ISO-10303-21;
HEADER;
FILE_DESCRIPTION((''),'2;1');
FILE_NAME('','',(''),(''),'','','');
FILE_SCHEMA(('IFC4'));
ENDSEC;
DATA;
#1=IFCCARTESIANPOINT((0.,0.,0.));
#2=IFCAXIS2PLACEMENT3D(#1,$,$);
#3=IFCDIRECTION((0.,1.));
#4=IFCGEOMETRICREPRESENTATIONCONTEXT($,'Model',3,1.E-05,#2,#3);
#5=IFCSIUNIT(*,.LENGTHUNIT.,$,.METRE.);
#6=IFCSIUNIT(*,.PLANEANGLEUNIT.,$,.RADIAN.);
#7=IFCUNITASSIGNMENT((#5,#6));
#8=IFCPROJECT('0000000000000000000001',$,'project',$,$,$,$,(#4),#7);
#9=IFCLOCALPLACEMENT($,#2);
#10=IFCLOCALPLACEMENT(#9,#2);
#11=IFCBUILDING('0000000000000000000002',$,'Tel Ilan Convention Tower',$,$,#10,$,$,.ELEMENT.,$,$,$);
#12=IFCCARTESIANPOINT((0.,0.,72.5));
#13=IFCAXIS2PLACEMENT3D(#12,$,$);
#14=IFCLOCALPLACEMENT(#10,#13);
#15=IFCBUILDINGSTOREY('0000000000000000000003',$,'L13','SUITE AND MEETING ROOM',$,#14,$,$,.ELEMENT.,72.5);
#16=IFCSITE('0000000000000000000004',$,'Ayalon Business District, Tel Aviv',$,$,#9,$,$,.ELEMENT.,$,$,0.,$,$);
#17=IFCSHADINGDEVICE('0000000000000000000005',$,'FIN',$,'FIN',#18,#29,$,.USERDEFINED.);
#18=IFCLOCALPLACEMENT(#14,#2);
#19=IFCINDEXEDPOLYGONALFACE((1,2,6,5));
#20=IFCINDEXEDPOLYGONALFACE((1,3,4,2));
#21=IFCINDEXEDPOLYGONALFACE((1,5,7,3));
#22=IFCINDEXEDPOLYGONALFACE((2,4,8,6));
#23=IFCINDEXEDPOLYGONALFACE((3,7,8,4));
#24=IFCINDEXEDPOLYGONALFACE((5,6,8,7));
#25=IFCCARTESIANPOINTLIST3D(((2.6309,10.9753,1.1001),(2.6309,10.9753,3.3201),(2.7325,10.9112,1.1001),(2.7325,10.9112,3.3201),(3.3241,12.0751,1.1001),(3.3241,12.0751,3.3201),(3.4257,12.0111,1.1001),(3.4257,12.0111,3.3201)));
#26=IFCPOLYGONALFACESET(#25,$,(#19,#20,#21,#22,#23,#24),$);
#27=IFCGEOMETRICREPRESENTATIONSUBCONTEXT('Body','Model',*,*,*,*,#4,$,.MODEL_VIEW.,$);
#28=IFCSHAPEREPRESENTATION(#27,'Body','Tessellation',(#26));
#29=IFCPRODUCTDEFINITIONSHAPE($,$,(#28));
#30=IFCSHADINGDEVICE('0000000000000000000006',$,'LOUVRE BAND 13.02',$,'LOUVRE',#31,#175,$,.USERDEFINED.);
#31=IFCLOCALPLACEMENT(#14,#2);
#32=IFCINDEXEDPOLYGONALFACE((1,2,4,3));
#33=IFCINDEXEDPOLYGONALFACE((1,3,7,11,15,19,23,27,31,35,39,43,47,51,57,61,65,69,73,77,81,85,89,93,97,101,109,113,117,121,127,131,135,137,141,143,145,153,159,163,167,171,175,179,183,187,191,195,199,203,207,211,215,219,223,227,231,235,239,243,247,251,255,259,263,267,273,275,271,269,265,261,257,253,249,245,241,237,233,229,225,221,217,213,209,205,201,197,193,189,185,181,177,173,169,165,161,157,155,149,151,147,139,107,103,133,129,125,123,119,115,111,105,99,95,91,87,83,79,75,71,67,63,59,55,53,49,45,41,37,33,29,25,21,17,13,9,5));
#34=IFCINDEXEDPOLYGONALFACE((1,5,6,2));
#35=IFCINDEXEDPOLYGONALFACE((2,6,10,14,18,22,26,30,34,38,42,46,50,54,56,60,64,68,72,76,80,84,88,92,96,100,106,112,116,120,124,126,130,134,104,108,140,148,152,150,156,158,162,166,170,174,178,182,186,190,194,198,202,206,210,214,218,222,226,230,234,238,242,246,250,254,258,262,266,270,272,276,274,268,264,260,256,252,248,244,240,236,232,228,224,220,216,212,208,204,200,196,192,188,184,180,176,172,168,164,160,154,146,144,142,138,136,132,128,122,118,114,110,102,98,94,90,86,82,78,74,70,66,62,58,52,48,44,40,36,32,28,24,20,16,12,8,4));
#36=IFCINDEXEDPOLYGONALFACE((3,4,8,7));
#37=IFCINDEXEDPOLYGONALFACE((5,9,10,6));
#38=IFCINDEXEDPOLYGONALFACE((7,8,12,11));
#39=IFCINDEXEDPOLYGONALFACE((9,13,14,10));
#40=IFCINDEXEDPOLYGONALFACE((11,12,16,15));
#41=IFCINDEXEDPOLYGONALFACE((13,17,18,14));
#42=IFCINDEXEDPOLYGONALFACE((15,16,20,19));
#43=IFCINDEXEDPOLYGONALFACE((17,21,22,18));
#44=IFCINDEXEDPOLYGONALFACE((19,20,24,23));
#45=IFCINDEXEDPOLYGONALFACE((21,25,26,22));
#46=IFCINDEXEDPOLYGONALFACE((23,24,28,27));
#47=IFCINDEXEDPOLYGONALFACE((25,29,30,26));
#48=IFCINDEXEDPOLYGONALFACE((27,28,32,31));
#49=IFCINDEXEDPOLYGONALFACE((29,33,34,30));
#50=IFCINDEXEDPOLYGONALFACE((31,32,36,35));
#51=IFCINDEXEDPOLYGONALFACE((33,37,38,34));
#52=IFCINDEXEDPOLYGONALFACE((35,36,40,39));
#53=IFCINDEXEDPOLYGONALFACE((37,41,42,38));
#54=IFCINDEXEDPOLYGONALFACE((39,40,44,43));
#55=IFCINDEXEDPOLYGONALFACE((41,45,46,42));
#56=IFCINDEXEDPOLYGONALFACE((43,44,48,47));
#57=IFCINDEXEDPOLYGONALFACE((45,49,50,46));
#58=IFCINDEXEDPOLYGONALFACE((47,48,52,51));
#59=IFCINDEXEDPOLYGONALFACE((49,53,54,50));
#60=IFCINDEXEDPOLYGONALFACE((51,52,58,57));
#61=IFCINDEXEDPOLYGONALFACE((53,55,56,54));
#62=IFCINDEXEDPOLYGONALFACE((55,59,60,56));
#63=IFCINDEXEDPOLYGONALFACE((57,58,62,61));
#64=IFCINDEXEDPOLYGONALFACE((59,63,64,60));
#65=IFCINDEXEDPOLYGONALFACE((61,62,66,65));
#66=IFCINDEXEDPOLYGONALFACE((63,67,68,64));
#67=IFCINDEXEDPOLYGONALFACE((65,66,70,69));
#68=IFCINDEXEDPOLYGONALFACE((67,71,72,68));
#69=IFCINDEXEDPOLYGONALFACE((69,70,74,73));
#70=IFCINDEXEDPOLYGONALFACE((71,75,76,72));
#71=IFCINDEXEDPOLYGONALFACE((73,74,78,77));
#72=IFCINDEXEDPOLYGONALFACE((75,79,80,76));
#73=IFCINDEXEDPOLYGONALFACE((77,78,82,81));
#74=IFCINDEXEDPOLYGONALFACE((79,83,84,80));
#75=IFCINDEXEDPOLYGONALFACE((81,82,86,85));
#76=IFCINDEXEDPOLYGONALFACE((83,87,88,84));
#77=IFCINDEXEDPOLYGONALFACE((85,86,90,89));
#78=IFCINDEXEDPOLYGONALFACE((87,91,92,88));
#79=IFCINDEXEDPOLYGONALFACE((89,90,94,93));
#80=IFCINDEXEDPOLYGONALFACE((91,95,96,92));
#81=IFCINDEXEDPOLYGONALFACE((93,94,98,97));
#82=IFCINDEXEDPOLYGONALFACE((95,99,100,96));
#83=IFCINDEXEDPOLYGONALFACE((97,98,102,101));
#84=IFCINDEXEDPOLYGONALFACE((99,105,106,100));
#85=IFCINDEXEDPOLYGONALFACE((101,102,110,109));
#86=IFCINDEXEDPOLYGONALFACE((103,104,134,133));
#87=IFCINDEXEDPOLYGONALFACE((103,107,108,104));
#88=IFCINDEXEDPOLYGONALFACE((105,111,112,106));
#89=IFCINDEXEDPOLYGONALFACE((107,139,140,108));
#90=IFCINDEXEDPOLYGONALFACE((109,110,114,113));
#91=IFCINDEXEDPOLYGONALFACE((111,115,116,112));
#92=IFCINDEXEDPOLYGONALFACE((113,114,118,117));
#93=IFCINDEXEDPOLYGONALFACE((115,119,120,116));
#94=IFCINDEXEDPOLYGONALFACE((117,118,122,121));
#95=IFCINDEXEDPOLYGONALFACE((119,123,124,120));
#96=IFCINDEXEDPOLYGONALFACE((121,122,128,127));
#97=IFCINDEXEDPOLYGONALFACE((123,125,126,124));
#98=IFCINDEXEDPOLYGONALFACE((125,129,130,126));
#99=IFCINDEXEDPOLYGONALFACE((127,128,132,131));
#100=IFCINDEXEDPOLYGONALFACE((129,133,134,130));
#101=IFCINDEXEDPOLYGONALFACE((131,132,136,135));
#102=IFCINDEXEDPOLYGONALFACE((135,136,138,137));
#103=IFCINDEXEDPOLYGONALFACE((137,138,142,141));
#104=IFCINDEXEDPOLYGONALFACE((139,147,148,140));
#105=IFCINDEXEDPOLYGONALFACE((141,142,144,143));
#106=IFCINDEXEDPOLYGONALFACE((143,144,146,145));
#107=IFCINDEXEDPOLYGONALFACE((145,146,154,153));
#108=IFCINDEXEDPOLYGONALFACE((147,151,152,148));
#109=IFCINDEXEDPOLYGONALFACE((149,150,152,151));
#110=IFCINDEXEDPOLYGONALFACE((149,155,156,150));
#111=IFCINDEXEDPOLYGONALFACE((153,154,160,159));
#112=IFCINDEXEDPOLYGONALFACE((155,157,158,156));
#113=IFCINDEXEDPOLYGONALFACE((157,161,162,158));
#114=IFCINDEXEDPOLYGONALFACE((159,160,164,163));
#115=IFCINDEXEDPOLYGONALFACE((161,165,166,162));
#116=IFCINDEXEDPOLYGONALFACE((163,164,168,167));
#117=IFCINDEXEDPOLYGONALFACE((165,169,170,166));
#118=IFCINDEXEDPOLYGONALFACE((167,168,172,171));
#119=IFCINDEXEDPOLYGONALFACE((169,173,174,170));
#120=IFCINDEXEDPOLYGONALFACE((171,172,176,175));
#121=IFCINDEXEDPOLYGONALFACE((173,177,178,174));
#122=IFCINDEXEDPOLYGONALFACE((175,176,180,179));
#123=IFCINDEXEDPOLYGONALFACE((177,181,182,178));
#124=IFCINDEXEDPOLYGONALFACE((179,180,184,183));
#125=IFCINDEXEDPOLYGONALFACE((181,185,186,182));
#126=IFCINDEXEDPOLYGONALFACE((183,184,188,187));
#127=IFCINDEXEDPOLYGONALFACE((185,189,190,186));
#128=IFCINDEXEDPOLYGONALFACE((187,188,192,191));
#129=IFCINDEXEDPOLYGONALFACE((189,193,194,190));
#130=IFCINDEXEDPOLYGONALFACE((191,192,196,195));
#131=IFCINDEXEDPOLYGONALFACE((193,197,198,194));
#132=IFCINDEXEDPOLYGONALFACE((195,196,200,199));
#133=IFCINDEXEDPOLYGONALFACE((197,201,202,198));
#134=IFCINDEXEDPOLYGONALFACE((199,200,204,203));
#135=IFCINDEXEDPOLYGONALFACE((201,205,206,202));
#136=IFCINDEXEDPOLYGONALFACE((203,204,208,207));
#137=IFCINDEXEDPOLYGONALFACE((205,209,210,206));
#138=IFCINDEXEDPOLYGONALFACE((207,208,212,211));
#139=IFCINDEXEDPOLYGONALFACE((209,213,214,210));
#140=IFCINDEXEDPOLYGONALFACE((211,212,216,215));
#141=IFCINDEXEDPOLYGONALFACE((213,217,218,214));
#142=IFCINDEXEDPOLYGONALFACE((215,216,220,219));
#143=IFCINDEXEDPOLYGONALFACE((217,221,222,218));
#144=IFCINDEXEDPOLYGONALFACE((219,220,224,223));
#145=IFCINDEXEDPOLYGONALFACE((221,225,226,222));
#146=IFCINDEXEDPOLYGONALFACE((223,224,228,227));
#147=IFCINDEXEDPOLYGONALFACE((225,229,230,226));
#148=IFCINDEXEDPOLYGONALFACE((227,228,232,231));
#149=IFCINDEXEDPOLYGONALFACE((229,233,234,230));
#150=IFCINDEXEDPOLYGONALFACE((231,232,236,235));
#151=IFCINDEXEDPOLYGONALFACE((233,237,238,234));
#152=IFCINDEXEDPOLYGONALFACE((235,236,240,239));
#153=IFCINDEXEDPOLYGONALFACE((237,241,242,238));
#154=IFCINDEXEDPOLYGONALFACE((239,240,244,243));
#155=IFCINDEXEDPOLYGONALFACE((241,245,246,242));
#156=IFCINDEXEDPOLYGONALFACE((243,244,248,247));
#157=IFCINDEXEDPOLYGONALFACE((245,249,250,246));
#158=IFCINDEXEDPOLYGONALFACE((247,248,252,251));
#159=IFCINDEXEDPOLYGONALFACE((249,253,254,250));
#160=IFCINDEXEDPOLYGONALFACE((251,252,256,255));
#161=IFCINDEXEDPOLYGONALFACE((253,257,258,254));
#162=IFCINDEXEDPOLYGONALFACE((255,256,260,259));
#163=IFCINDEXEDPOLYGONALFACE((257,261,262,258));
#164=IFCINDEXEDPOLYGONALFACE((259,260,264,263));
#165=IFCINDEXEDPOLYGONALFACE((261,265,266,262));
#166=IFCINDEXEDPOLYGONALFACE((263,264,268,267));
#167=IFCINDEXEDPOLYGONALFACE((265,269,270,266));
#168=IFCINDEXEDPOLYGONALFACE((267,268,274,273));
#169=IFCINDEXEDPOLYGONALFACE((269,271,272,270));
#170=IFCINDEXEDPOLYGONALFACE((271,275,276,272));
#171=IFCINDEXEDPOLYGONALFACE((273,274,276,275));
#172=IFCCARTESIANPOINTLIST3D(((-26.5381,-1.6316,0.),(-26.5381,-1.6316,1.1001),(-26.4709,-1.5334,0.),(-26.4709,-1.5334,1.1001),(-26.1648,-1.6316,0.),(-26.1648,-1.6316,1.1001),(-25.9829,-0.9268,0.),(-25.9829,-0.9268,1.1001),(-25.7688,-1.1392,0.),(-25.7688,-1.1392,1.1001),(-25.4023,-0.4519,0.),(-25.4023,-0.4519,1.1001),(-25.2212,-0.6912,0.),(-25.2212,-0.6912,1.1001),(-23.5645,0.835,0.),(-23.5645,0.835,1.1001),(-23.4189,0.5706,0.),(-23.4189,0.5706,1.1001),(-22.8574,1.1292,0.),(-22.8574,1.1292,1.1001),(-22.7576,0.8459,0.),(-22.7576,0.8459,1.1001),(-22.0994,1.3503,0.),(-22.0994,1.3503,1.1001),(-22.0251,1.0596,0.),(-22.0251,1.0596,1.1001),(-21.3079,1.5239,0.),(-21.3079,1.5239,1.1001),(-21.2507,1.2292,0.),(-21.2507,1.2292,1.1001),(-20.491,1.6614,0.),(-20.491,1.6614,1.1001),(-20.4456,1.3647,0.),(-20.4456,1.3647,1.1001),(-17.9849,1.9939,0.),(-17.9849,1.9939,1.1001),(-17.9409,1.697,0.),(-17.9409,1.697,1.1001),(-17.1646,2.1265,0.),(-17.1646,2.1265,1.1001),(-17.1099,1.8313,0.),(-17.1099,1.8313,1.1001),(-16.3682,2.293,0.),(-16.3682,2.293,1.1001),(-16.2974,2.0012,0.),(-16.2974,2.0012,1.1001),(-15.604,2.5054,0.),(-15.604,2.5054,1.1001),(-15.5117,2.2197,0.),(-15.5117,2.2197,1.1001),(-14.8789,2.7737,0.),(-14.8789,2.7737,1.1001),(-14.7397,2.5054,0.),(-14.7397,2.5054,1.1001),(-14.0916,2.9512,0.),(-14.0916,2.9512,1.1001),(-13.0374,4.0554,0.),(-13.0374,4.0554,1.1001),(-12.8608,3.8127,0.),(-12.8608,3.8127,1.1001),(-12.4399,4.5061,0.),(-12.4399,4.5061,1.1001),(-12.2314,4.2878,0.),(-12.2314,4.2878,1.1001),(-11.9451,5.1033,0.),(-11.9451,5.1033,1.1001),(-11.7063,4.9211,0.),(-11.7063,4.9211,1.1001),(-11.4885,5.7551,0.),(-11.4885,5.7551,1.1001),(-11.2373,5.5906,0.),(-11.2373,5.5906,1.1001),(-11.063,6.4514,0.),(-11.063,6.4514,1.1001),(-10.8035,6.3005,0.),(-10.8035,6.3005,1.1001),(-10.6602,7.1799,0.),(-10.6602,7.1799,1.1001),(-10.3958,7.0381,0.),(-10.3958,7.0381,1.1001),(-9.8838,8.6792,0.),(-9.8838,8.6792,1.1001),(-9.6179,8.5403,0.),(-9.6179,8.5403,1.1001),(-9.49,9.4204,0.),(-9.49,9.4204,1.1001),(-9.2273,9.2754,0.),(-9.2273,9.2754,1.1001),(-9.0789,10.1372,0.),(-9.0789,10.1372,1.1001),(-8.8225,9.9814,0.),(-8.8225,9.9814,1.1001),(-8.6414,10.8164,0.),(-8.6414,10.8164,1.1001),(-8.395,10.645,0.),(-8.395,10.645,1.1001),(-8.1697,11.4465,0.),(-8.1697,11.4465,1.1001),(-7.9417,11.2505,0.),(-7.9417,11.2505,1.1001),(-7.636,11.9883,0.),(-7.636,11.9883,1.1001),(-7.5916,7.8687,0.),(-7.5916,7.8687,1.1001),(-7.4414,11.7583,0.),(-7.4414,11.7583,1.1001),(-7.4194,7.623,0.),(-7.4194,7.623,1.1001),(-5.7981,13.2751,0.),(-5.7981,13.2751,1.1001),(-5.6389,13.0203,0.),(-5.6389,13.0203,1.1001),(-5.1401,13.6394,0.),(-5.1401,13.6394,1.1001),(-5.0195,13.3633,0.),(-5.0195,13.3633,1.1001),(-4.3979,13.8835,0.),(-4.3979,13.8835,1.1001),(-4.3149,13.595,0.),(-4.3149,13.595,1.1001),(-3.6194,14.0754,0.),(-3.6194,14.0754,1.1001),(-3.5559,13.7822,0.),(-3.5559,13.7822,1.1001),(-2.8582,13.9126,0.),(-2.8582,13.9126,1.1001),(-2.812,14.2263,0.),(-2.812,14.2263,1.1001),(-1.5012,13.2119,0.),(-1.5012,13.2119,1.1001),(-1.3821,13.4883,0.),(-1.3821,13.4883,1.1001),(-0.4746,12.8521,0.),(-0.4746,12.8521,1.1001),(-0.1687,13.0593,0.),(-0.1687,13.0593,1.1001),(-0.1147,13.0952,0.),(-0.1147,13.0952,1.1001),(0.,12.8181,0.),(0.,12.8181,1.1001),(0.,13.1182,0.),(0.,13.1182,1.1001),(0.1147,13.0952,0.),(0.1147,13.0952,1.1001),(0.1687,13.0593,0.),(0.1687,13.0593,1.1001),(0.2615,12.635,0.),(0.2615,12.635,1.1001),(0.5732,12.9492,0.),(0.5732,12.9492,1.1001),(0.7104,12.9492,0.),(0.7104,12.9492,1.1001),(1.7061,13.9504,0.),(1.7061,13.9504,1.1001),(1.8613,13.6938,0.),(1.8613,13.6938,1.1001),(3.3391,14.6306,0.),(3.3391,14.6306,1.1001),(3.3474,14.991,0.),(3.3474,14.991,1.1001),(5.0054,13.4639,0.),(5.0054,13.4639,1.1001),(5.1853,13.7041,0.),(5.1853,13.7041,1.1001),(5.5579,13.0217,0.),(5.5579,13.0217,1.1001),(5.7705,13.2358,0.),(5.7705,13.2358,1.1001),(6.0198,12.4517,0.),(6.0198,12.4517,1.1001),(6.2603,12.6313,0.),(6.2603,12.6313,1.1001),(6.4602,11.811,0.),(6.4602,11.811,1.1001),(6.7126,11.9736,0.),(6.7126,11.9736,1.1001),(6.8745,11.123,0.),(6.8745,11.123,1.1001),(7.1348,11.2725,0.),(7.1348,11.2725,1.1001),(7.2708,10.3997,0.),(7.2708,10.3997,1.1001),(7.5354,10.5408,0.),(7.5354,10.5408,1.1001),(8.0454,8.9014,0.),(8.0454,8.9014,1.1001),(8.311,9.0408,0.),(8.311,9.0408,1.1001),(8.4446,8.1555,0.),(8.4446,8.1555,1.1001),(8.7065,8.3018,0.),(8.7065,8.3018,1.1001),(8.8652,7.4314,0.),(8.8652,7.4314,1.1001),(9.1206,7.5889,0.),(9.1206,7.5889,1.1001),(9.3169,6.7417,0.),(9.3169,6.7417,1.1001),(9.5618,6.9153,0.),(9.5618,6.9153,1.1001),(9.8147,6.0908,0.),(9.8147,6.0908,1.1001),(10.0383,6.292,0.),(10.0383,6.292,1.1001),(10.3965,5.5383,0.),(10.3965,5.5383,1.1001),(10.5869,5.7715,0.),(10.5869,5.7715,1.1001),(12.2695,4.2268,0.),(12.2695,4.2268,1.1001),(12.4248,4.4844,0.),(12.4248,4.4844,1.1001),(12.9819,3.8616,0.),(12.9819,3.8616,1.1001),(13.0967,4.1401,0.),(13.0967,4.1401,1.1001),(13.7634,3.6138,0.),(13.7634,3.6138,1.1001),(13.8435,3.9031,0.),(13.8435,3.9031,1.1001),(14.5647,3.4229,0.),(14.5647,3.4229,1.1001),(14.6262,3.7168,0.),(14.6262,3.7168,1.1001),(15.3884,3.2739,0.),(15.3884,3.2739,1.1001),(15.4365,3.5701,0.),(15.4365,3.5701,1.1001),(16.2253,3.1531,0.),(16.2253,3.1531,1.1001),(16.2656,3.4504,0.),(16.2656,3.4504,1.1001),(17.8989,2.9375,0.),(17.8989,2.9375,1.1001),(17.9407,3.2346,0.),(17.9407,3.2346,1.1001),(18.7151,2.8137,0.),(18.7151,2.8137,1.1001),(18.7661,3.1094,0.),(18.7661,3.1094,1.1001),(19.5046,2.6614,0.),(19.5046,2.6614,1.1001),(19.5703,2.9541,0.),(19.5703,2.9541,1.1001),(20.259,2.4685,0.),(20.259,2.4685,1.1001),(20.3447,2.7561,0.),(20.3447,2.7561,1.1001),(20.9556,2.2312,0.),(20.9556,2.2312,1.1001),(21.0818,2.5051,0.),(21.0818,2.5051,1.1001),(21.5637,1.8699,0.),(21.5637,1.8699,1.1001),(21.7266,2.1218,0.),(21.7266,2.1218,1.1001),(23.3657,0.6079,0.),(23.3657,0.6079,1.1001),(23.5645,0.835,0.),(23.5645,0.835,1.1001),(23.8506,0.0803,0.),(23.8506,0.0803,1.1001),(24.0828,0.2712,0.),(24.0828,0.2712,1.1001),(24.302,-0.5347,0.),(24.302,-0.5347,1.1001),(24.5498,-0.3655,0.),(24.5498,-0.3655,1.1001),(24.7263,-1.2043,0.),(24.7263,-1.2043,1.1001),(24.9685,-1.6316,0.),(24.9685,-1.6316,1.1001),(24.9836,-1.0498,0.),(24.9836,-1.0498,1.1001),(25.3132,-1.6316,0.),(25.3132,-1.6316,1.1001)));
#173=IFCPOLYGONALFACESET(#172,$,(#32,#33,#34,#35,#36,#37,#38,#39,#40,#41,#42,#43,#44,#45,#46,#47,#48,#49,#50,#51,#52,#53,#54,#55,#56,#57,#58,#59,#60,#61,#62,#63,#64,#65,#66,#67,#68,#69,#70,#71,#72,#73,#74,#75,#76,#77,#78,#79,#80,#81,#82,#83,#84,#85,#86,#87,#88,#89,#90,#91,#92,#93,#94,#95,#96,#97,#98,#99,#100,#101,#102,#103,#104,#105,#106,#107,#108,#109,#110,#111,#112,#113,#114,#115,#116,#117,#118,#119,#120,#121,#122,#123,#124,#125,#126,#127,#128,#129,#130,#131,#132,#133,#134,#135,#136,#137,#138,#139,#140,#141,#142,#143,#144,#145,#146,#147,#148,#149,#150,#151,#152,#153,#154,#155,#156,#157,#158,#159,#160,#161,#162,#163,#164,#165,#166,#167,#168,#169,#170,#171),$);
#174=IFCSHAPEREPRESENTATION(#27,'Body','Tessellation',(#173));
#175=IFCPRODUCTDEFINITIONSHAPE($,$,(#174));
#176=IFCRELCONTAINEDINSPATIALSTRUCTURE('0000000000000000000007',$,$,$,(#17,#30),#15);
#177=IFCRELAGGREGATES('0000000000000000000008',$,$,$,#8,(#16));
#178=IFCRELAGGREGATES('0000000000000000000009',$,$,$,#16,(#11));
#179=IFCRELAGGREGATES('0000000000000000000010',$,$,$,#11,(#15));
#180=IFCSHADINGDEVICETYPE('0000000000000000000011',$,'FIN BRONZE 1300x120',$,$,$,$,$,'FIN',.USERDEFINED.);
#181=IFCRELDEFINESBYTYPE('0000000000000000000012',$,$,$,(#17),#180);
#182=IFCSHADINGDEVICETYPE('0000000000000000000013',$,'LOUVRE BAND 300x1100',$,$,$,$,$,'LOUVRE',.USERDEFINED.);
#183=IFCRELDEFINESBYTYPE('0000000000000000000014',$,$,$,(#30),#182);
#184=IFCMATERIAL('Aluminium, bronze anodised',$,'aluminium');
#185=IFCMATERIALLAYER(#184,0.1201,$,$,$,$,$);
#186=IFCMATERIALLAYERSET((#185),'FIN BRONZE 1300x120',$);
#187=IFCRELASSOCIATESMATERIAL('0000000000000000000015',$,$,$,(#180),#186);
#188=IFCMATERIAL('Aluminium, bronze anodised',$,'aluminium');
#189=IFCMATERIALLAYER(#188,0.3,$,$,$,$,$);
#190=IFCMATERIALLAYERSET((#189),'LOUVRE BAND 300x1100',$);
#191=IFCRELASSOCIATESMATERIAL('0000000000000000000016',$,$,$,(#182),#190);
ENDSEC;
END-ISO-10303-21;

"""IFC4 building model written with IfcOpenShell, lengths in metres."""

from ifc_helpers import new_model, si_unit, direction, frame, origin, origin_2d, place, context, subcontext, project, spatial, polyline, rectangle, outline, extrude, material, layer, layer_set, type_object, element, save


model = new_model("IFC4")

# Units and contexts
model_context = context("Model", 3, precision=1e-05, world=origin(), true_north=direction((0.0, 1.0)))
body_context = subcontext(model_context, "Body", "Model", "MODEL_VIEW")
ifc_project = project(units=[si_unit("LENGTHUNIT", "METRE"), si_unit("PLANEANGLEUNIT", "RADIAN")], contexts=[model_context])

# Site, building, storey
site_placement = place(None, origin())
site = spatial("IfcSite", under=ifc_project, at=site_placement, Name="Ayalon Business District, Tel Aviv", CompositionType="ELEMENT", RefElevation=0.0)
building_placement = place(site_placement, origin())
building = spatial("IfcBuilding", under=site, at=building_placement, Name="Tel Ilan Convention Tower", CompositionType="ELEMENT")
storey_placement = place(building_placement, frame((0.0, 0.0, 72.5)))
storey = spatial("IfcBuildingStorey", under=building, at=storey_placement, Name="L13", Description="SUITE AND MEETING ROOM", CompositionType="ELEMENT", Elevation=72.5)

# Shading devices
ifc_material_1 = material(Name="Aluminium, bronze anodised", Category="aluminium")
ifc_layer_1 = layer(ifc_material_1, 0.1201)
ifc_layer_set_1 = layer_set([ifc_layer_1], Name="FIN BRONZE 1300x120")
shading_device_type_1 = type_object("IfcShadingDeviceType", Name="FIN BRONZE 1300x120", ElementType="FIN", PredefinedType="USERDEFINED", material=ifc_layer_set_1)
shading_device_1_placement = place(storey_placement, frame((3.0283, 11.4932, 1.1001), z_axis=(0.0, 0.0, 1.0), x_axis=(0.533204, 0.845986, 0.0)))
element("IfcShadingDevice", 1, at=shading_device_1_placement, inside=storey, type_object=shading_device_type_1, Name="FIN", ObjectType="FIN", PredefinedType="USERDEFINED", context=body_context, shape_type="SweptSolid", body=[
    extrude(rectangle(XDim=1.3, YDim=0.1201, at=origin_2d()), origin(), (0.0, 0.0, 1.0), 2.22),
])
ifc_material_2 = material(Name="Aluminium, bronze anodised", Category="aluminium")
ifc_layer_2 = layer(ifc_material_2, 0.3)
ifc_layer_set_2 = layer_set([ifc_layer_2], Name="LOUVRE BAND 300x1100")
shading_device_type_2 = type_object("IfcShadingDeviceType", Name="LOUVRE BAND 300x1100", ElementType="LOUVRE", PredefinedType="USERDEFINED", material=ifc_layer_set_2)
shading_device_2_placement = place(storey_placement, origin())
element("IfcShadingDevice", 2, at=shading_device_2_placement, inside=storey, type_object=shading_device_type_2, Name="LOUVRE BAND 13.02", ObjectType="LOUVRE", PredefinedType="USERDEFINED", context=body_context, shape_type="SweptSolid", body=[
    extrude(outline(polyline([(-26.4709, -1.5334), (-26.5381, -1.6316), (-26.1648, -1.6316), (-25.7688, -1.1392), (-25.2212, -0.6912), (-23.4189, 0.5706), (-22.7576, 0.8459), (-22.0251, 1.0596), (-21.2507, 1.2292), (-20.4456, 1.3647), (-17.9409, 1.697), (-17.1099, 1.8313), (-16.2974, 2.0012), (-15.5117, 2.2197), (-14.7397, 2.5054), (-14.0916, 2.9512), (-12.8608, 3.8127), (-12.2314, 4.2878), (-11.7063, 4.9211), (-11.2373, 5.5906), (-10.8035, 6.3005), (-10.3958, 7.0381), (-9.6179, 8.5403), (-9.2273, 9.2754), (-8.8225, 9.9814), (-8.395, 10.645), (-7.9417, 11.2505), (-7.4414, 11.7583), (-5.6389, 13.0203), (-5.0195, 13.3633), (-4.3149, 13.595), (-3.5559, 13.7822), (-2.8582, 13.9126), (-1.5012, 13.2119), (-0.4746, 12.8521), (-7.5916, 7.8687), (-7.4194, 7.623), (0.0, 12.8181), (0.2615, 12.635), (0.7104, 12.9492), (0.5732, 12.9492), (1.8613, 13.6938), (3.3391, 14.6306), (5.0054, 13.4639), (5.5579, 13.0217), (6.0198, 12.4517), (6.4602, 11.811), (6.8745, 11.123), (7.2708, 10.3997), (8.0454, 8.9014), (8.4446, 8.1555), (8.8652, 7.4314), (9.3169, 6.7417), (9.8147, 6.0908), (10.3965, 5.5383), (12.2695, 4.2268), (12.9819, 3.8616), (13.7634, 3.6138), (14.5647, 3.4229), (15.3884, 3.2739), (16.2253, 3.1531), (17.8989, 2.9375), (18.7151, 2.8137), (19.5046, 2.6614), (20.259, 2.4685), (20.9556, 2.2312), (21.5637, 1.8699), (23.3657, 0.6079), (23.8506, 0.0803), (24.302, -0.5347), (24.7263, -1.2043), (24.9685, -1.6316), (25.3132, -1.6316), (24.9836, -1.0498), (24.5498, -0.3655), (24.0828, 0.2712), (23.5645, 0.835), (21.7266, 2.1218), (21.0818, 2.5051), (20.3447, 2.7561), (19.5703, 2.9541), (18.7661, 3.1094), (17.9407, 3.2346), (16.2656, 3.4504), (15.4365, 3.5701), (14.6262, 3.7168), (13.8435, 3.9031), (13.0967, 4.1401), (12.4248, 4.4844), (10.5869, 5.7715), (10.0383, 6.292), (9.5618, 6.9153), (9.1206, 7.5889), (8.7065, 8.3018), (8.311, 9.0408), (7.5354, 10.5408), (7.1348, 11.2725), (6.7126, 11.9736), (6.2603, 12.6313), (5.7705, 13.2358), (5.1853, 13.7041), (3.3474, 14.991), (1.7061, 13.9504), (0.1687, 13.0593), (0.1147, 13.0952), (0.0, 13.1182), (-0.1147, 13.0952), (-0.1687, 13.0593), (-1.3821, 13.4883), (-2.812, 14.2263), (-3.6194, 14.0754), (-4.3979, 13.8835), (-5.1401, 13.6394), (-5.7981, 13.2751), (-7.636, 11.9883), (-8.1697, 11.4465), (-8.6414, 10.8164), (-9.0789, 10.1372), (-9.49, 9.4204), (-9.8838, 8.6792), (-10.6602, 7.1799), (-11.063, 6.4514), (-11.4885, 5.7551), (-11.9451, 5.1033), (-12.4399, 4.5061), (-13.0374, 4.0554), (-14.8789, 2.7737), (-15.604, 2.5054), (-16.3682, 2.293), (-17.1646, 2.1265), (-17.9849, 1.9939), (-20.491, 1.6614), (-21.3079, 1.5239), (-22.0994, 1.3503), (-22.8574, 1.1292), (-23.5645, 0.835), (-25.4023, -0.4519), (-25.9829, -0.9268), (-26.4709, -1.5334)])), origin(), (0.0, 0.0, 1.0), 1.1001),
])

save(model, "model.ifc")
